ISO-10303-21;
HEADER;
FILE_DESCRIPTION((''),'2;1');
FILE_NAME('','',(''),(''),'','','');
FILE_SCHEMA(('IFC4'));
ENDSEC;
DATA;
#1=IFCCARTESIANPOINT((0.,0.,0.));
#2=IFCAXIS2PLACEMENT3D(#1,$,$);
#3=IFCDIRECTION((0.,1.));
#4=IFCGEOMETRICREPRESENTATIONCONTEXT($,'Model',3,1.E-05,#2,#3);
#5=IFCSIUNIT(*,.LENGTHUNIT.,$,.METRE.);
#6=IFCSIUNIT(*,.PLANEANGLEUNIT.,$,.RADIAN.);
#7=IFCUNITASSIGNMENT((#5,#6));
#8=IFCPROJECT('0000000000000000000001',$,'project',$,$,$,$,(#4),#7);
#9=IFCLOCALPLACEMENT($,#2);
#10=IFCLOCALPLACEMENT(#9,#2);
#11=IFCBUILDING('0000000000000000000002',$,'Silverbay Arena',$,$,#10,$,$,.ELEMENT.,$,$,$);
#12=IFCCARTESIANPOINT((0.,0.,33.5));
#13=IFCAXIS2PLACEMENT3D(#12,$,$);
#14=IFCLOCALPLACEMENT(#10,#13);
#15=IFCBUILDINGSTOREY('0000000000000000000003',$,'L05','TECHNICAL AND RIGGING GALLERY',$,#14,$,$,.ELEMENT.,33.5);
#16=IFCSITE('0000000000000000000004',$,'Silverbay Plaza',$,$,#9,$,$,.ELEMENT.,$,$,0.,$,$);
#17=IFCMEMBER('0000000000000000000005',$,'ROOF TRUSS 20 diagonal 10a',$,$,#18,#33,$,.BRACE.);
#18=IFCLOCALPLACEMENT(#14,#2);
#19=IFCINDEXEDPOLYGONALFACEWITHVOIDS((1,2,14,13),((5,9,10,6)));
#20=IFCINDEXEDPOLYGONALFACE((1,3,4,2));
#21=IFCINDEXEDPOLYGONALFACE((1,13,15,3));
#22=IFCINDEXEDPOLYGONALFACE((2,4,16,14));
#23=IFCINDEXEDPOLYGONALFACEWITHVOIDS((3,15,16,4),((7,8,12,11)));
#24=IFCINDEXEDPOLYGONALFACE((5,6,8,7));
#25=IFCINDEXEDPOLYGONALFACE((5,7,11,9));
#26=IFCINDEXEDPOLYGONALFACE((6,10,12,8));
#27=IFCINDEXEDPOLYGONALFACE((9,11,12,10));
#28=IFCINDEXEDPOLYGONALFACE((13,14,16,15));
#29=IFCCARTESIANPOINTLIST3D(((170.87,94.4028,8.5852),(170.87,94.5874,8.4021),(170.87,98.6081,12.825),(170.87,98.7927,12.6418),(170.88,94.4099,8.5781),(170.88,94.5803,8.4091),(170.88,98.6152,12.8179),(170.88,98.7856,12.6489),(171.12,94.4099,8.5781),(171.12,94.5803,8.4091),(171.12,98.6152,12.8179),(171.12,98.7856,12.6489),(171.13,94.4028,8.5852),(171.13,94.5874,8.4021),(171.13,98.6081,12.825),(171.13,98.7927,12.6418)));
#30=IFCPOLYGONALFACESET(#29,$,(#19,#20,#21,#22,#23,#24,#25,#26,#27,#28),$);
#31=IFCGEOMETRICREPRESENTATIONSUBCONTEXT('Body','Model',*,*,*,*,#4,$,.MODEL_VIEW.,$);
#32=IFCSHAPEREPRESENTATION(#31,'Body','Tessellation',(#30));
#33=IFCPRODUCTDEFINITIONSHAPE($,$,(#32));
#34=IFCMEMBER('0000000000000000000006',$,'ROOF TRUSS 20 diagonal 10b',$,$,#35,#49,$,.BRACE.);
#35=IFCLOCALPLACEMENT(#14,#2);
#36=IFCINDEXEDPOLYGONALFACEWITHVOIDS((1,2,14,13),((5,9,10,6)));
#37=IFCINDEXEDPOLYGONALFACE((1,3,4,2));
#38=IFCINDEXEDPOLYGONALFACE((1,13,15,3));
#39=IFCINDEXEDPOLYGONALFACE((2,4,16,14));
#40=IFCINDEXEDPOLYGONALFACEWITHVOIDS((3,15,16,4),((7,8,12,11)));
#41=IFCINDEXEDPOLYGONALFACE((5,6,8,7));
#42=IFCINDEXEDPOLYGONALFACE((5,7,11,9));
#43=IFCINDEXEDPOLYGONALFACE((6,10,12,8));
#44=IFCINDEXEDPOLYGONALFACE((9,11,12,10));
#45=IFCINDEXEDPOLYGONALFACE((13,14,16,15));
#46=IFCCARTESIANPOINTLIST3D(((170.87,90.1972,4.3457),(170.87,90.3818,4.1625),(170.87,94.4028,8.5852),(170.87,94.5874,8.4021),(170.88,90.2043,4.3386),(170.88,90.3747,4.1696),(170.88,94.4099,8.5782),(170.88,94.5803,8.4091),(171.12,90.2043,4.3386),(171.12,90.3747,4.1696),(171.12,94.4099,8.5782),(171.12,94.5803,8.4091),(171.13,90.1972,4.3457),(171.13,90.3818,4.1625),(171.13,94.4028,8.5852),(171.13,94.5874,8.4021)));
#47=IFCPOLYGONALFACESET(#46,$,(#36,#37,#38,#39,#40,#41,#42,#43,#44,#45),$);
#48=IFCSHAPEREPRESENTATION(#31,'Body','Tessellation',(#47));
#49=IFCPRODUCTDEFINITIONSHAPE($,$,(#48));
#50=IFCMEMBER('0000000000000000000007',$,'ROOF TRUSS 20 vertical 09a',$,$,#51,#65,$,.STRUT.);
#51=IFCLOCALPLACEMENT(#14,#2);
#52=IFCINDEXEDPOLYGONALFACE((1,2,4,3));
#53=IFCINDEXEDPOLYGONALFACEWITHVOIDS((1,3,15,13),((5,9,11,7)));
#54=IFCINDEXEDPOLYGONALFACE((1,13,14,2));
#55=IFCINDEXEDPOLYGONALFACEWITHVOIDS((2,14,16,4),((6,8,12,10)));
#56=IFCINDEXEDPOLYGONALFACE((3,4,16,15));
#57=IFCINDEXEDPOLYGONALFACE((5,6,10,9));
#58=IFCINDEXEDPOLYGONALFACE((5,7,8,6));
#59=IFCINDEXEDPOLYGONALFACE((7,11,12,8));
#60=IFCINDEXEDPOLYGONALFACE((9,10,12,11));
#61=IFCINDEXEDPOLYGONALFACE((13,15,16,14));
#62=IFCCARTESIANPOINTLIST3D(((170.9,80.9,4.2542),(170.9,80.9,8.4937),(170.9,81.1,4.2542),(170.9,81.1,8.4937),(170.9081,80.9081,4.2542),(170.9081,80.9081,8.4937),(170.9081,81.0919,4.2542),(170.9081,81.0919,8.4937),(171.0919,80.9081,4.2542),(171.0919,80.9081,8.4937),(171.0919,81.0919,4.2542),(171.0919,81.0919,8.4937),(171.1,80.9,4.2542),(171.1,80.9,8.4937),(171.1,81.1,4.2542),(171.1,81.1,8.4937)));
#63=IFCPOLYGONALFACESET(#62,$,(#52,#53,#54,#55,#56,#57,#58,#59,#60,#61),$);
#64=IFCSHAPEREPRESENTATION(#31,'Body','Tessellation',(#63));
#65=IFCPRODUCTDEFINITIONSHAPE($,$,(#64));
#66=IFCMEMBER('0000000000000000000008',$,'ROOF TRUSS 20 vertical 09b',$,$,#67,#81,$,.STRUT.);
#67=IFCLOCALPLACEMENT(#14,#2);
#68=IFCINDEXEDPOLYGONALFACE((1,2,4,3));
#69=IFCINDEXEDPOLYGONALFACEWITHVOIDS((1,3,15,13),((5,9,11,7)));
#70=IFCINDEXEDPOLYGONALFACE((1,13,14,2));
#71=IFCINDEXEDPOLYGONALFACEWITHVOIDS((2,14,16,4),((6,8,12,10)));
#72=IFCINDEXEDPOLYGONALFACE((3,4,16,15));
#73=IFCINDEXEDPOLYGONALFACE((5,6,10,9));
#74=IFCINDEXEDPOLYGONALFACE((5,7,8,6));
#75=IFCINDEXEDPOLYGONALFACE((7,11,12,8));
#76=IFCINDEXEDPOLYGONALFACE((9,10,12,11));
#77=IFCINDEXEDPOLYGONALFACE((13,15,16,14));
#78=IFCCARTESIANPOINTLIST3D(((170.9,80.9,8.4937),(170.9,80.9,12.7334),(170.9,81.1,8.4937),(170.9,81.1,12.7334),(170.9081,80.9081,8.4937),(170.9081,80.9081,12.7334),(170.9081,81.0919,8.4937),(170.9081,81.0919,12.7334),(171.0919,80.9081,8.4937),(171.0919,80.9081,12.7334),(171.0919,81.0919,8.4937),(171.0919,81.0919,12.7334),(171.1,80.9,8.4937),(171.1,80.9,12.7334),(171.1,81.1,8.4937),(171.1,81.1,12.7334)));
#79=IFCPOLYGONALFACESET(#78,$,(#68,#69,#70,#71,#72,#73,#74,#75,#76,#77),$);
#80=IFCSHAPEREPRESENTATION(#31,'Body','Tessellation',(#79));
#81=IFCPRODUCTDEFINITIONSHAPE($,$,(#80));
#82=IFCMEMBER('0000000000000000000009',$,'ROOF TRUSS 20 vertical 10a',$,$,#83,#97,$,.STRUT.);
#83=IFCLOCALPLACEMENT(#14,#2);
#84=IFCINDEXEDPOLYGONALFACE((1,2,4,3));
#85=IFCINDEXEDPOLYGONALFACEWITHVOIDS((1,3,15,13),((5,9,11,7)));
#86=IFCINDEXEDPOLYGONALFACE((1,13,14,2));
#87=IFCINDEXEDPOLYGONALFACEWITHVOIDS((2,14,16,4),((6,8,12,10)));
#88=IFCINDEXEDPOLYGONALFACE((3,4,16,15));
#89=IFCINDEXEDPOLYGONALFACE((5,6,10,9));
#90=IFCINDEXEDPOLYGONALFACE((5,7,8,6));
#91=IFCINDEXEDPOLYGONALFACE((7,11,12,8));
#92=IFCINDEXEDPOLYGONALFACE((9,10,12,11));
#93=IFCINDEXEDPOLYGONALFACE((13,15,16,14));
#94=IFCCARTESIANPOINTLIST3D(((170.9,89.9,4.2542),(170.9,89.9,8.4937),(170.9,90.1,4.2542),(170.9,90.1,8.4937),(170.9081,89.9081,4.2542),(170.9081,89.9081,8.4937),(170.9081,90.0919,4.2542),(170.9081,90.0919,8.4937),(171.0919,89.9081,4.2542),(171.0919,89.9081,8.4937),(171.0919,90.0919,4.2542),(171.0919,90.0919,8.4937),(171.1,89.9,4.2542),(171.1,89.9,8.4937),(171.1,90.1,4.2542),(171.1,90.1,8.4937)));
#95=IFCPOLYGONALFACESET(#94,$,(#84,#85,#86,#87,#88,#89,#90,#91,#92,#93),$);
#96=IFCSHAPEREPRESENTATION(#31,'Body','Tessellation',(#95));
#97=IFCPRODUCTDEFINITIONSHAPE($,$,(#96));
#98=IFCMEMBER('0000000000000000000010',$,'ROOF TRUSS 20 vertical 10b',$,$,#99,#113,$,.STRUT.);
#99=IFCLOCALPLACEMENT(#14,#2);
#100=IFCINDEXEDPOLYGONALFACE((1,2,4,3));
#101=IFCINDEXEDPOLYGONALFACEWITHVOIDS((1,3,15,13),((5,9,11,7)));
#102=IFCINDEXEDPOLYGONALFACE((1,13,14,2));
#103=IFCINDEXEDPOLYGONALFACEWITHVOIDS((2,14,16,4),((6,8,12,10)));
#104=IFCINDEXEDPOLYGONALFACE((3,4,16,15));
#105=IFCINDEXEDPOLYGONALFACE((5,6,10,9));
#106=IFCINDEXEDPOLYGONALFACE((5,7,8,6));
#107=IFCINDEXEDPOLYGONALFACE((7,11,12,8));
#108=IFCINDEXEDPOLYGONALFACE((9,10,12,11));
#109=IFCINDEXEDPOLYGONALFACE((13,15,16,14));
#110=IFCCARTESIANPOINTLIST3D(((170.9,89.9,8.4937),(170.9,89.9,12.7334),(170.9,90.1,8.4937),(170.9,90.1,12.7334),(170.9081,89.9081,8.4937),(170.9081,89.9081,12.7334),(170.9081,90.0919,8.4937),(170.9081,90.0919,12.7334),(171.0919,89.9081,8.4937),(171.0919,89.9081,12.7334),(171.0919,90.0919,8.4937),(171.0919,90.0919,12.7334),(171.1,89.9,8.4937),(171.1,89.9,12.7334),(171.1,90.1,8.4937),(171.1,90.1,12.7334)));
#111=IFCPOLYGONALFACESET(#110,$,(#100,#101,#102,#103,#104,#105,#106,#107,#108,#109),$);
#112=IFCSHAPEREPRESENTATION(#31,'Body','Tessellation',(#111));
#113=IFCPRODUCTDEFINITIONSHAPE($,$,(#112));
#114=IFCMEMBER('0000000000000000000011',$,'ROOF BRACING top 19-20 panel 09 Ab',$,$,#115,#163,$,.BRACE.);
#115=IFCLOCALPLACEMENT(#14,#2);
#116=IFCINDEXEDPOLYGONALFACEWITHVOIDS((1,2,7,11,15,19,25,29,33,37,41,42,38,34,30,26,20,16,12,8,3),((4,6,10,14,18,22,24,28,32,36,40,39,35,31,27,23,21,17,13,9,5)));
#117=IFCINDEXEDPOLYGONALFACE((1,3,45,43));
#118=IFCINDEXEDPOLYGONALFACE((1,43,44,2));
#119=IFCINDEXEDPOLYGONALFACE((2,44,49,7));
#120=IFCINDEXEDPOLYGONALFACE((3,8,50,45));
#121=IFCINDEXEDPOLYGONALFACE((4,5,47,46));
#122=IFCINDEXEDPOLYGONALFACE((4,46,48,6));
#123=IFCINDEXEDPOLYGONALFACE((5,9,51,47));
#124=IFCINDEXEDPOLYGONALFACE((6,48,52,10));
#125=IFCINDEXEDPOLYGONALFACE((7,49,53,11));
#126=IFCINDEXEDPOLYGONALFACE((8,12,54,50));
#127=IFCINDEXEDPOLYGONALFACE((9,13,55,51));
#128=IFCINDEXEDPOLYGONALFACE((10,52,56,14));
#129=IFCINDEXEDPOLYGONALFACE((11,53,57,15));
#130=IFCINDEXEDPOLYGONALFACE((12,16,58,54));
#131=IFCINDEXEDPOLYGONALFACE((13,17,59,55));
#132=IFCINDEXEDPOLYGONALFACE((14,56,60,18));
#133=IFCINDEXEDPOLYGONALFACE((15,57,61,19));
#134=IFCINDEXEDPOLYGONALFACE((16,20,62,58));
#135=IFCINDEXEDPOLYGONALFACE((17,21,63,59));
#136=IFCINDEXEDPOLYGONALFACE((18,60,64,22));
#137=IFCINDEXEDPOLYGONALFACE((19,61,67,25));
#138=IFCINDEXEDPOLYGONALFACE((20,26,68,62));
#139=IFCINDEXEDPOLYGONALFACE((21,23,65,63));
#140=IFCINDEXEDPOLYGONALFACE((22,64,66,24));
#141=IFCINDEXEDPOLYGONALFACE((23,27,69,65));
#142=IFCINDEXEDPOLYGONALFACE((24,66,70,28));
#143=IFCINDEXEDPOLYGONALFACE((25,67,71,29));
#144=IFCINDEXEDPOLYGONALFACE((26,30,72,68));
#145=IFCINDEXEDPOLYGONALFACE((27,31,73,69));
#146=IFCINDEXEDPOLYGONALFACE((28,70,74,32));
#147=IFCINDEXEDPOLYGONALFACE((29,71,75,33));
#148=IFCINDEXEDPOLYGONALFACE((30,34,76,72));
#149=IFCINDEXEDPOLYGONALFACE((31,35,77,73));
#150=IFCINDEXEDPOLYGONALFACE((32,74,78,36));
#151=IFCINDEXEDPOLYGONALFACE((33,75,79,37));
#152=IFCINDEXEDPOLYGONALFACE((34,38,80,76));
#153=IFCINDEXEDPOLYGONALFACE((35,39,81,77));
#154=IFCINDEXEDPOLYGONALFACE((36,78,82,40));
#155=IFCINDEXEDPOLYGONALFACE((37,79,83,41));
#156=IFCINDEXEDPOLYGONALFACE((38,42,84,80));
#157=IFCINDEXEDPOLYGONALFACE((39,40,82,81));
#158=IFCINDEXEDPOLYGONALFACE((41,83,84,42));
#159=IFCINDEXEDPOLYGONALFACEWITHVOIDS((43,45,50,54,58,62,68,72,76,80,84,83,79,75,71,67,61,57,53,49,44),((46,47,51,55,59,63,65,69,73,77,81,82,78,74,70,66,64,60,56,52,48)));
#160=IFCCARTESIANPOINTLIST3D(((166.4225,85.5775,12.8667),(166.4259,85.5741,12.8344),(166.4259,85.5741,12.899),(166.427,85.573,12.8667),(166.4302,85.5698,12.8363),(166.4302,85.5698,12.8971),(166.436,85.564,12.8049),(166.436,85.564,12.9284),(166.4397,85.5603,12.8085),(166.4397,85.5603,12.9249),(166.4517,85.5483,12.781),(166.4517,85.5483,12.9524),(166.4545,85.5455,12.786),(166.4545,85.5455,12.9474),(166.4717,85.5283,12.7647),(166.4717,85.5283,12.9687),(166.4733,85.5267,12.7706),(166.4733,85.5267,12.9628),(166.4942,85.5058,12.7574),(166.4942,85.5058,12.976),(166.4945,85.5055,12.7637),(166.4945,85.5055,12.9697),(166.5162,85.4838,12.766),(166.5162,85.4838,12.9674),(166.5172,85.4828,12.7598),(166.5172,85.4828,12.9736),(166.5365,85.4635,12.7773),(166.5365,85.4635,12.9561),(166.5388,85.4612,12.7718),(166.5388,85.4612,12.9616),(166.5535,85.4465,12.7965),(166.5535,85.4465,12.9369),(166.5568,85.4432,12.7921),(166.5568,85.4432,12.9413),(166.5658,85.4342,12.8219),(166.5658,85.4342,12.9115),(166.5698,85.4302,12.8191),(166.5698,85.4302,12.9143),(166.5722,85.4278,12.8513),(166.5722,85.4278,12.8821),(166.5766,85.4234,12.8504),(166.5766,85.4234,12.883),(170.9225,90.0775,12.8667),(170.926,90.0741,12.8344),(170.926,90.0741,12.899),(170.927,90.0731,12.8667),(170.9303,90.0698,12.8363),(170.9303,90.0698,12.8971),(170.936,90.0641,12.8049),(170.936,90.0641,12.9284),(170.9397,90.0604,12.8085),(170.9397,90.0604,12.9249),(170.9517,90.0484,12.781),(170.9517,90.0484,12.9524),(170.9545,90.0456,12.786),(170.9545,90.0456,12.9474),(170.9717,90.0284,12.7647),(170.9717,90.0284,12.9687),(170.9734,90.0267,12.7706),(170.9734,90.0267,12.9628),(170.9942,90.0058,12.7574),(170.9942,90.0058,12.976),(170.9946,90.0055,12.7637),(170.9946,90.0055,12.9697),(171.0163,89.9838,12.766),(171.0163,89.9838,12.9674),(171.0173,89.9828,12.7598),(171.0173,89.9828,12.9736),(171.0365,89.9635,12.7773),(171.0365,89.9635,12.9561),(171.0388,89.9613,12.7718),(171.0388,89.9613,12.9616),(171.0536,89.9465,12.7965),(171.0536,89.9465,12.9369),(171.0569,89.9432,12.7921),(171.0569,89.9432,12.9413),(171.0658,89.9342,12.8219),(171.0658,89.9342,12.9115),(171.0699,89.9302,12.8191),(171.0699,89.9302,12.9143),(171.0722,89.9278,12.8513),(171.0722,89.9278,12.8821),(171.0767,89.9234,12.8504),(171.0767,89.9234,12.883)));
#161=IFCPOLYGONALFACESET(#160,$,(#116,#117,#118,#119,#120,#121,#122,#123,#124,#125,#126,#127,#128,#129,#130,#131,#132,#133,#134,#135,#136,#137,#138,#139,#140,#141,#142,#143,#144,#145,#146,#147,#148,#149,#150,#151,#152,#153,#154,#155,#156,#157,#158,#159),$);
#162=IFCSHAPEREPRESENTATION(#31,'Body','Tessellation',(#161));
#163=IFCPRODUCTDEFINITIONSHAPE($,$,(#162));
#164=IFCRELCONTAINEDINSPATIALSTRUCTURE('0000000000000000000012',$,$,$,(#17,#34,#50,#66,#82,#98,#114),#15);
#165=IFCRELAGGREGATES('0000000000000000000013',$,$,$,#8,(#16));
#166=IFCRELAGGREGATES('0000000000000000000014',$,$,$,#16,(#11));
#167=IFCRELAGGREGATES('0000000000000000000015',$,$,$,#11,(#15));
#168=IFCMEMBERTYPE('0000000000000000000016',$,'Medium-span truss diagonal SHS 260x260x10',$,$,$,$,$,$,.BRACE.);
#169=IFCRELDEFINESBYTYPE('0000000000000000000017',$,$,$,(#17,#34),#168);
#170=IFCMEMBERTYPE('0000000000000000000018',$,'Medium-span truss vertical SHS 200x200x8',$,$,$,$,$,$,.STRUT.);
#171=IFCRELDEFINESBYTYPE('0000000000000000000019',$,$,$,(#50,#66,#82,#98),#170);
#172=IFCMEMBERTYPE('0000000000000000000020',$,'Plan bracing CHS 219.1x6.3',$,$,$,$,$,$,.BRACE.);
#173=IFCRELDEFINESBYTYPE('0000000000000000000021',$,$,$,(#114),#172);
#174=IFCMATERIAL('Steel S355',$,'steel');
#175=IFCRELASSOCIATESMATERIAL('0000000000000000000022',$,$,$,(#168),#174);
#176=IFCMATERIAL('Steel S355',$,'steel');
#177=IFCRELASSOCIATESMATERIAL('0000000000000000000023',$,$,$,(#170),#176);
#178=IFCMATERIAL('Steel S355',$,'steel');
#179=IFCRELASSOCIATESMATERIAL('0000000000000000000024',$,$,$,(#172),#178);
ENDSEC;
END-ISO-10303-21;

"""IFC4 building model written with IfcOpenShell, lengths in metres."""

from ifc_helpers import new_model, si_unit, direction, frame, origin, origin_2d, place, context, subcontext, project, spatial, hollow_rectangle, hollow_circle, extrude, material, material_profile, profile_set, type_object, element, save


model = new_model("IFC4")

# Units and contexts
model_context = context("Model", 3, precision=1e-05, world=origin(), true_north=direction((0.0, 1.0)))
body_context = subcontext(model_context, "Body", "Model", "MODEL_VIEW")
ifc_project = project(units=[si_unit("LENGTHUNIT", "METRE"), si_unit("PLANEANGLEUNIT", "RADIAN")], contexts=[model_context])

# Site, building, storey
site_placement = place(None, origin())
site = spatial("IfcSite", under=ifc_project, at=site_placement, Name="Silverbay Plaza", CompositionType="ELEMENT", RefElevation=0.0)
building_placement = place(site_placement, origin())
building = spatial("IfcBuilding", under=site, at=building_placement, Name="Silverbay Arena", CompositionType="ELEMENT")
storey_placement = place(building_placement, frame((0.0, 0.0, 33.5)))
storey = spatial("IfcBuildingStorey", under=building, at=storey_placement, Name="L05", Description="TECHNICAL AND RIGGING GALLERY", CompositionType="ELEMENT", Elevation=33.5)

# Members
ifc_material_1 = material(Name="Steel S355", Category="steel")
ifc_material_profile_1 = material_profile(ifc_material_1, hollow_rectangle(XDim=0.26, YDim=0.26, WallThickness=0.01, at=origin_2d()), Name="SHS 260x260x10")
ifc_profile_set_1 = profile_set([ifc_material_profile_1], Name="Steel S355")
member_type_1 = type_object("IfcMemberType", Name="Medium-span truss diagonal SHS 260x260x10", PredefinedType="BRACE", material=ifc_profile_set_1)
for number, where, z_axis, x_axis, name in (
    (1, (171.0, 98.7004, 12.7334), (0.0, -0.704219, -0.709983), (1.0, 0.0, 0.0), "ROOF TRUSS 20 diagonal 10a"),
    (2, (171.0, 94.4951, 8.4937), (0.0, -0.70426, -0.709942), (1.0, 0.0, 0.0), "ROOF TRUSS 20 diagonal 10b"),
):
    element("IfcMember", number, at=place(storey_placement, frame(where, z_axis=z_axis, x_axis=x_axis)), inside=storey, type_object=member_type_1, Name=name, PredefinedType="BRACE", context=body_context, shape_type="SweptSolid", body=[
        extrude(hollow_rectangle(XDim=0.26, YDim=0.26, WallThickness=0.01, at=origin_2d()), origin(), (0.0, 0.0, 1.0), 5.9717),
    ])
ifc_material_2 = material(Name="Steel S355", Category="steel")
ifc_material_profile_2 = material_profile(ifc_material_2, hollow_rectangle(XDim=0.2, YDim=0.2, WallThickness=0.0081, at=origin_2d()), Name="SHS 200x200x8")
ifc_profile_set_2 = profile_set([ifc_material_profile_2], Name="Steel S355")
member_type_2 = type_object("IfcMemberType", Name="Medium-span truss vertical SHS 200x200x8", PredefinedType="STRUT", material=ifc_profile_set_2)
member_1_placement = place(storey_placement, frame((171.0, 81.0, 4.2542), z_axis=(0.0, 0.0, 1.0), x_axis=(1.0, 0.0, 0.0)))
element("IfcMember", 3, at=member_1_placement, inside=storey, type_object=member_type_2, Name="ROOF TRUSS 20 vertical 09a", PredefinedType="STRUT", context=body_context, shape_type="SweptSolid", body=[
    extrude(hollow_rectangle(XDim=0.2, YDim=0.2, WallThickness=0.0081, at=origin_2d()), origin(), (0.0, 0.0, 1.0), 4.2395),
])
member_2_placement = place(storey_placement, frame((171.0, 81.0, 8.4937), z_axis=(0.0, 0.0, 1.0), x_axis=(1.0, 0.0, 0.0)))
element("IfcMember", 4, at=member_2_placement, inside=storey, type_object=member_type_2, Name="ROOF TRUSS 20 vertical 09b", PredefinedType="STRUT", context=body_context, shape_type="SweptSolid", body=[
    extrude(hollow_rectangle(XDim=0.2, YDim=0.2, WallThickness=0.0081, at=origin_2d()), origin(), (0.0, 0.0, 1.0), 4.2397),
])
member_3_placement = place(storey_placement, frame((171.0, 90.0, 4.2542), z_axis=(0.0, 0.0, 1.0), x_axis=(1.0, 0.0, 0.0)))
element("IfcMember", 5, at=member_3_placement, inside=storey, type_object=member_type_2, Name="ROOF TRUSS 20 vertical 10a", PredefinedType="STRUT", context=body_context, shape_type="SweptSolid", body=[
    extrude(hollow_rectangle(XDim=0.2, YDim=0.2, WallThickness=0.0081, at=origin_2d()), origin(), (0.0, 0.0, 1.0), 4.2395),
])
member_4_placement = place(storey_placement, frame((171.0, 90.0, 8.4937), z_axis=(0.0, 0.0, 1.0), x_axis=(1.0, 0.0, 0.0)))
element("IfcMember", 6, at=member_4_placement, inside=storey, type_object=member_type_2, Name="ROOF TRUSS 20 vertical 10b", PredefinedType="STRUT", context=body_context, shape_type="SweptSolid", body=[
    extrude(hollow_rectangle(XDim=0.2, YDim=0.2, WallThickness=0.0081, at=origin_2d()), origin(), (0.0, 0.0, 1.0), 4.2397),
])
ifc_material_3 = material(Name="Steel S355", Category="steel")
ifc_material_profile_3 = material_profile(ifc_material_3, hollow_circle(Radius=0.1096, WallThickness=0.0063, at=origin_2d()), Name="CHS 219.1x6.3")
ifc_profile_set_3 = profile_set([ifc_material_profile_3], Name="Steel S355")
member_type_3 = type_object("IfcMemberType", Name="Plan bracing CHS 219.1x6.3", PredefinedType="BRACE", material=ifc_profile_set_3)
for number, where, z_axis, x_axis, name in (
    (7, (166.5, 85.5, 12.8667), (0.707107, 0.707107, 0.0), (-0.707107, 0.707107, 0.0), "ROOF BRACING top 19-20 panel 09 Ab"),
):
    element("IfcMember", number, at=place(storey_placement, frame(where, z_axis=z_axis, x_axis=x_axis)), inside=storey, type_object=member_type_3, Name=name, PredefinedType="BRACE", context=body_context, shape_type="SweptSolid", body=[
        extrude(hollow_circle(Radius=0.1096, WallThickness=0.0063, at=origin_2d()), origin(), (0.0, 0.0, 1.0), 6.364),
    ])

save(model, "model.ifc")
